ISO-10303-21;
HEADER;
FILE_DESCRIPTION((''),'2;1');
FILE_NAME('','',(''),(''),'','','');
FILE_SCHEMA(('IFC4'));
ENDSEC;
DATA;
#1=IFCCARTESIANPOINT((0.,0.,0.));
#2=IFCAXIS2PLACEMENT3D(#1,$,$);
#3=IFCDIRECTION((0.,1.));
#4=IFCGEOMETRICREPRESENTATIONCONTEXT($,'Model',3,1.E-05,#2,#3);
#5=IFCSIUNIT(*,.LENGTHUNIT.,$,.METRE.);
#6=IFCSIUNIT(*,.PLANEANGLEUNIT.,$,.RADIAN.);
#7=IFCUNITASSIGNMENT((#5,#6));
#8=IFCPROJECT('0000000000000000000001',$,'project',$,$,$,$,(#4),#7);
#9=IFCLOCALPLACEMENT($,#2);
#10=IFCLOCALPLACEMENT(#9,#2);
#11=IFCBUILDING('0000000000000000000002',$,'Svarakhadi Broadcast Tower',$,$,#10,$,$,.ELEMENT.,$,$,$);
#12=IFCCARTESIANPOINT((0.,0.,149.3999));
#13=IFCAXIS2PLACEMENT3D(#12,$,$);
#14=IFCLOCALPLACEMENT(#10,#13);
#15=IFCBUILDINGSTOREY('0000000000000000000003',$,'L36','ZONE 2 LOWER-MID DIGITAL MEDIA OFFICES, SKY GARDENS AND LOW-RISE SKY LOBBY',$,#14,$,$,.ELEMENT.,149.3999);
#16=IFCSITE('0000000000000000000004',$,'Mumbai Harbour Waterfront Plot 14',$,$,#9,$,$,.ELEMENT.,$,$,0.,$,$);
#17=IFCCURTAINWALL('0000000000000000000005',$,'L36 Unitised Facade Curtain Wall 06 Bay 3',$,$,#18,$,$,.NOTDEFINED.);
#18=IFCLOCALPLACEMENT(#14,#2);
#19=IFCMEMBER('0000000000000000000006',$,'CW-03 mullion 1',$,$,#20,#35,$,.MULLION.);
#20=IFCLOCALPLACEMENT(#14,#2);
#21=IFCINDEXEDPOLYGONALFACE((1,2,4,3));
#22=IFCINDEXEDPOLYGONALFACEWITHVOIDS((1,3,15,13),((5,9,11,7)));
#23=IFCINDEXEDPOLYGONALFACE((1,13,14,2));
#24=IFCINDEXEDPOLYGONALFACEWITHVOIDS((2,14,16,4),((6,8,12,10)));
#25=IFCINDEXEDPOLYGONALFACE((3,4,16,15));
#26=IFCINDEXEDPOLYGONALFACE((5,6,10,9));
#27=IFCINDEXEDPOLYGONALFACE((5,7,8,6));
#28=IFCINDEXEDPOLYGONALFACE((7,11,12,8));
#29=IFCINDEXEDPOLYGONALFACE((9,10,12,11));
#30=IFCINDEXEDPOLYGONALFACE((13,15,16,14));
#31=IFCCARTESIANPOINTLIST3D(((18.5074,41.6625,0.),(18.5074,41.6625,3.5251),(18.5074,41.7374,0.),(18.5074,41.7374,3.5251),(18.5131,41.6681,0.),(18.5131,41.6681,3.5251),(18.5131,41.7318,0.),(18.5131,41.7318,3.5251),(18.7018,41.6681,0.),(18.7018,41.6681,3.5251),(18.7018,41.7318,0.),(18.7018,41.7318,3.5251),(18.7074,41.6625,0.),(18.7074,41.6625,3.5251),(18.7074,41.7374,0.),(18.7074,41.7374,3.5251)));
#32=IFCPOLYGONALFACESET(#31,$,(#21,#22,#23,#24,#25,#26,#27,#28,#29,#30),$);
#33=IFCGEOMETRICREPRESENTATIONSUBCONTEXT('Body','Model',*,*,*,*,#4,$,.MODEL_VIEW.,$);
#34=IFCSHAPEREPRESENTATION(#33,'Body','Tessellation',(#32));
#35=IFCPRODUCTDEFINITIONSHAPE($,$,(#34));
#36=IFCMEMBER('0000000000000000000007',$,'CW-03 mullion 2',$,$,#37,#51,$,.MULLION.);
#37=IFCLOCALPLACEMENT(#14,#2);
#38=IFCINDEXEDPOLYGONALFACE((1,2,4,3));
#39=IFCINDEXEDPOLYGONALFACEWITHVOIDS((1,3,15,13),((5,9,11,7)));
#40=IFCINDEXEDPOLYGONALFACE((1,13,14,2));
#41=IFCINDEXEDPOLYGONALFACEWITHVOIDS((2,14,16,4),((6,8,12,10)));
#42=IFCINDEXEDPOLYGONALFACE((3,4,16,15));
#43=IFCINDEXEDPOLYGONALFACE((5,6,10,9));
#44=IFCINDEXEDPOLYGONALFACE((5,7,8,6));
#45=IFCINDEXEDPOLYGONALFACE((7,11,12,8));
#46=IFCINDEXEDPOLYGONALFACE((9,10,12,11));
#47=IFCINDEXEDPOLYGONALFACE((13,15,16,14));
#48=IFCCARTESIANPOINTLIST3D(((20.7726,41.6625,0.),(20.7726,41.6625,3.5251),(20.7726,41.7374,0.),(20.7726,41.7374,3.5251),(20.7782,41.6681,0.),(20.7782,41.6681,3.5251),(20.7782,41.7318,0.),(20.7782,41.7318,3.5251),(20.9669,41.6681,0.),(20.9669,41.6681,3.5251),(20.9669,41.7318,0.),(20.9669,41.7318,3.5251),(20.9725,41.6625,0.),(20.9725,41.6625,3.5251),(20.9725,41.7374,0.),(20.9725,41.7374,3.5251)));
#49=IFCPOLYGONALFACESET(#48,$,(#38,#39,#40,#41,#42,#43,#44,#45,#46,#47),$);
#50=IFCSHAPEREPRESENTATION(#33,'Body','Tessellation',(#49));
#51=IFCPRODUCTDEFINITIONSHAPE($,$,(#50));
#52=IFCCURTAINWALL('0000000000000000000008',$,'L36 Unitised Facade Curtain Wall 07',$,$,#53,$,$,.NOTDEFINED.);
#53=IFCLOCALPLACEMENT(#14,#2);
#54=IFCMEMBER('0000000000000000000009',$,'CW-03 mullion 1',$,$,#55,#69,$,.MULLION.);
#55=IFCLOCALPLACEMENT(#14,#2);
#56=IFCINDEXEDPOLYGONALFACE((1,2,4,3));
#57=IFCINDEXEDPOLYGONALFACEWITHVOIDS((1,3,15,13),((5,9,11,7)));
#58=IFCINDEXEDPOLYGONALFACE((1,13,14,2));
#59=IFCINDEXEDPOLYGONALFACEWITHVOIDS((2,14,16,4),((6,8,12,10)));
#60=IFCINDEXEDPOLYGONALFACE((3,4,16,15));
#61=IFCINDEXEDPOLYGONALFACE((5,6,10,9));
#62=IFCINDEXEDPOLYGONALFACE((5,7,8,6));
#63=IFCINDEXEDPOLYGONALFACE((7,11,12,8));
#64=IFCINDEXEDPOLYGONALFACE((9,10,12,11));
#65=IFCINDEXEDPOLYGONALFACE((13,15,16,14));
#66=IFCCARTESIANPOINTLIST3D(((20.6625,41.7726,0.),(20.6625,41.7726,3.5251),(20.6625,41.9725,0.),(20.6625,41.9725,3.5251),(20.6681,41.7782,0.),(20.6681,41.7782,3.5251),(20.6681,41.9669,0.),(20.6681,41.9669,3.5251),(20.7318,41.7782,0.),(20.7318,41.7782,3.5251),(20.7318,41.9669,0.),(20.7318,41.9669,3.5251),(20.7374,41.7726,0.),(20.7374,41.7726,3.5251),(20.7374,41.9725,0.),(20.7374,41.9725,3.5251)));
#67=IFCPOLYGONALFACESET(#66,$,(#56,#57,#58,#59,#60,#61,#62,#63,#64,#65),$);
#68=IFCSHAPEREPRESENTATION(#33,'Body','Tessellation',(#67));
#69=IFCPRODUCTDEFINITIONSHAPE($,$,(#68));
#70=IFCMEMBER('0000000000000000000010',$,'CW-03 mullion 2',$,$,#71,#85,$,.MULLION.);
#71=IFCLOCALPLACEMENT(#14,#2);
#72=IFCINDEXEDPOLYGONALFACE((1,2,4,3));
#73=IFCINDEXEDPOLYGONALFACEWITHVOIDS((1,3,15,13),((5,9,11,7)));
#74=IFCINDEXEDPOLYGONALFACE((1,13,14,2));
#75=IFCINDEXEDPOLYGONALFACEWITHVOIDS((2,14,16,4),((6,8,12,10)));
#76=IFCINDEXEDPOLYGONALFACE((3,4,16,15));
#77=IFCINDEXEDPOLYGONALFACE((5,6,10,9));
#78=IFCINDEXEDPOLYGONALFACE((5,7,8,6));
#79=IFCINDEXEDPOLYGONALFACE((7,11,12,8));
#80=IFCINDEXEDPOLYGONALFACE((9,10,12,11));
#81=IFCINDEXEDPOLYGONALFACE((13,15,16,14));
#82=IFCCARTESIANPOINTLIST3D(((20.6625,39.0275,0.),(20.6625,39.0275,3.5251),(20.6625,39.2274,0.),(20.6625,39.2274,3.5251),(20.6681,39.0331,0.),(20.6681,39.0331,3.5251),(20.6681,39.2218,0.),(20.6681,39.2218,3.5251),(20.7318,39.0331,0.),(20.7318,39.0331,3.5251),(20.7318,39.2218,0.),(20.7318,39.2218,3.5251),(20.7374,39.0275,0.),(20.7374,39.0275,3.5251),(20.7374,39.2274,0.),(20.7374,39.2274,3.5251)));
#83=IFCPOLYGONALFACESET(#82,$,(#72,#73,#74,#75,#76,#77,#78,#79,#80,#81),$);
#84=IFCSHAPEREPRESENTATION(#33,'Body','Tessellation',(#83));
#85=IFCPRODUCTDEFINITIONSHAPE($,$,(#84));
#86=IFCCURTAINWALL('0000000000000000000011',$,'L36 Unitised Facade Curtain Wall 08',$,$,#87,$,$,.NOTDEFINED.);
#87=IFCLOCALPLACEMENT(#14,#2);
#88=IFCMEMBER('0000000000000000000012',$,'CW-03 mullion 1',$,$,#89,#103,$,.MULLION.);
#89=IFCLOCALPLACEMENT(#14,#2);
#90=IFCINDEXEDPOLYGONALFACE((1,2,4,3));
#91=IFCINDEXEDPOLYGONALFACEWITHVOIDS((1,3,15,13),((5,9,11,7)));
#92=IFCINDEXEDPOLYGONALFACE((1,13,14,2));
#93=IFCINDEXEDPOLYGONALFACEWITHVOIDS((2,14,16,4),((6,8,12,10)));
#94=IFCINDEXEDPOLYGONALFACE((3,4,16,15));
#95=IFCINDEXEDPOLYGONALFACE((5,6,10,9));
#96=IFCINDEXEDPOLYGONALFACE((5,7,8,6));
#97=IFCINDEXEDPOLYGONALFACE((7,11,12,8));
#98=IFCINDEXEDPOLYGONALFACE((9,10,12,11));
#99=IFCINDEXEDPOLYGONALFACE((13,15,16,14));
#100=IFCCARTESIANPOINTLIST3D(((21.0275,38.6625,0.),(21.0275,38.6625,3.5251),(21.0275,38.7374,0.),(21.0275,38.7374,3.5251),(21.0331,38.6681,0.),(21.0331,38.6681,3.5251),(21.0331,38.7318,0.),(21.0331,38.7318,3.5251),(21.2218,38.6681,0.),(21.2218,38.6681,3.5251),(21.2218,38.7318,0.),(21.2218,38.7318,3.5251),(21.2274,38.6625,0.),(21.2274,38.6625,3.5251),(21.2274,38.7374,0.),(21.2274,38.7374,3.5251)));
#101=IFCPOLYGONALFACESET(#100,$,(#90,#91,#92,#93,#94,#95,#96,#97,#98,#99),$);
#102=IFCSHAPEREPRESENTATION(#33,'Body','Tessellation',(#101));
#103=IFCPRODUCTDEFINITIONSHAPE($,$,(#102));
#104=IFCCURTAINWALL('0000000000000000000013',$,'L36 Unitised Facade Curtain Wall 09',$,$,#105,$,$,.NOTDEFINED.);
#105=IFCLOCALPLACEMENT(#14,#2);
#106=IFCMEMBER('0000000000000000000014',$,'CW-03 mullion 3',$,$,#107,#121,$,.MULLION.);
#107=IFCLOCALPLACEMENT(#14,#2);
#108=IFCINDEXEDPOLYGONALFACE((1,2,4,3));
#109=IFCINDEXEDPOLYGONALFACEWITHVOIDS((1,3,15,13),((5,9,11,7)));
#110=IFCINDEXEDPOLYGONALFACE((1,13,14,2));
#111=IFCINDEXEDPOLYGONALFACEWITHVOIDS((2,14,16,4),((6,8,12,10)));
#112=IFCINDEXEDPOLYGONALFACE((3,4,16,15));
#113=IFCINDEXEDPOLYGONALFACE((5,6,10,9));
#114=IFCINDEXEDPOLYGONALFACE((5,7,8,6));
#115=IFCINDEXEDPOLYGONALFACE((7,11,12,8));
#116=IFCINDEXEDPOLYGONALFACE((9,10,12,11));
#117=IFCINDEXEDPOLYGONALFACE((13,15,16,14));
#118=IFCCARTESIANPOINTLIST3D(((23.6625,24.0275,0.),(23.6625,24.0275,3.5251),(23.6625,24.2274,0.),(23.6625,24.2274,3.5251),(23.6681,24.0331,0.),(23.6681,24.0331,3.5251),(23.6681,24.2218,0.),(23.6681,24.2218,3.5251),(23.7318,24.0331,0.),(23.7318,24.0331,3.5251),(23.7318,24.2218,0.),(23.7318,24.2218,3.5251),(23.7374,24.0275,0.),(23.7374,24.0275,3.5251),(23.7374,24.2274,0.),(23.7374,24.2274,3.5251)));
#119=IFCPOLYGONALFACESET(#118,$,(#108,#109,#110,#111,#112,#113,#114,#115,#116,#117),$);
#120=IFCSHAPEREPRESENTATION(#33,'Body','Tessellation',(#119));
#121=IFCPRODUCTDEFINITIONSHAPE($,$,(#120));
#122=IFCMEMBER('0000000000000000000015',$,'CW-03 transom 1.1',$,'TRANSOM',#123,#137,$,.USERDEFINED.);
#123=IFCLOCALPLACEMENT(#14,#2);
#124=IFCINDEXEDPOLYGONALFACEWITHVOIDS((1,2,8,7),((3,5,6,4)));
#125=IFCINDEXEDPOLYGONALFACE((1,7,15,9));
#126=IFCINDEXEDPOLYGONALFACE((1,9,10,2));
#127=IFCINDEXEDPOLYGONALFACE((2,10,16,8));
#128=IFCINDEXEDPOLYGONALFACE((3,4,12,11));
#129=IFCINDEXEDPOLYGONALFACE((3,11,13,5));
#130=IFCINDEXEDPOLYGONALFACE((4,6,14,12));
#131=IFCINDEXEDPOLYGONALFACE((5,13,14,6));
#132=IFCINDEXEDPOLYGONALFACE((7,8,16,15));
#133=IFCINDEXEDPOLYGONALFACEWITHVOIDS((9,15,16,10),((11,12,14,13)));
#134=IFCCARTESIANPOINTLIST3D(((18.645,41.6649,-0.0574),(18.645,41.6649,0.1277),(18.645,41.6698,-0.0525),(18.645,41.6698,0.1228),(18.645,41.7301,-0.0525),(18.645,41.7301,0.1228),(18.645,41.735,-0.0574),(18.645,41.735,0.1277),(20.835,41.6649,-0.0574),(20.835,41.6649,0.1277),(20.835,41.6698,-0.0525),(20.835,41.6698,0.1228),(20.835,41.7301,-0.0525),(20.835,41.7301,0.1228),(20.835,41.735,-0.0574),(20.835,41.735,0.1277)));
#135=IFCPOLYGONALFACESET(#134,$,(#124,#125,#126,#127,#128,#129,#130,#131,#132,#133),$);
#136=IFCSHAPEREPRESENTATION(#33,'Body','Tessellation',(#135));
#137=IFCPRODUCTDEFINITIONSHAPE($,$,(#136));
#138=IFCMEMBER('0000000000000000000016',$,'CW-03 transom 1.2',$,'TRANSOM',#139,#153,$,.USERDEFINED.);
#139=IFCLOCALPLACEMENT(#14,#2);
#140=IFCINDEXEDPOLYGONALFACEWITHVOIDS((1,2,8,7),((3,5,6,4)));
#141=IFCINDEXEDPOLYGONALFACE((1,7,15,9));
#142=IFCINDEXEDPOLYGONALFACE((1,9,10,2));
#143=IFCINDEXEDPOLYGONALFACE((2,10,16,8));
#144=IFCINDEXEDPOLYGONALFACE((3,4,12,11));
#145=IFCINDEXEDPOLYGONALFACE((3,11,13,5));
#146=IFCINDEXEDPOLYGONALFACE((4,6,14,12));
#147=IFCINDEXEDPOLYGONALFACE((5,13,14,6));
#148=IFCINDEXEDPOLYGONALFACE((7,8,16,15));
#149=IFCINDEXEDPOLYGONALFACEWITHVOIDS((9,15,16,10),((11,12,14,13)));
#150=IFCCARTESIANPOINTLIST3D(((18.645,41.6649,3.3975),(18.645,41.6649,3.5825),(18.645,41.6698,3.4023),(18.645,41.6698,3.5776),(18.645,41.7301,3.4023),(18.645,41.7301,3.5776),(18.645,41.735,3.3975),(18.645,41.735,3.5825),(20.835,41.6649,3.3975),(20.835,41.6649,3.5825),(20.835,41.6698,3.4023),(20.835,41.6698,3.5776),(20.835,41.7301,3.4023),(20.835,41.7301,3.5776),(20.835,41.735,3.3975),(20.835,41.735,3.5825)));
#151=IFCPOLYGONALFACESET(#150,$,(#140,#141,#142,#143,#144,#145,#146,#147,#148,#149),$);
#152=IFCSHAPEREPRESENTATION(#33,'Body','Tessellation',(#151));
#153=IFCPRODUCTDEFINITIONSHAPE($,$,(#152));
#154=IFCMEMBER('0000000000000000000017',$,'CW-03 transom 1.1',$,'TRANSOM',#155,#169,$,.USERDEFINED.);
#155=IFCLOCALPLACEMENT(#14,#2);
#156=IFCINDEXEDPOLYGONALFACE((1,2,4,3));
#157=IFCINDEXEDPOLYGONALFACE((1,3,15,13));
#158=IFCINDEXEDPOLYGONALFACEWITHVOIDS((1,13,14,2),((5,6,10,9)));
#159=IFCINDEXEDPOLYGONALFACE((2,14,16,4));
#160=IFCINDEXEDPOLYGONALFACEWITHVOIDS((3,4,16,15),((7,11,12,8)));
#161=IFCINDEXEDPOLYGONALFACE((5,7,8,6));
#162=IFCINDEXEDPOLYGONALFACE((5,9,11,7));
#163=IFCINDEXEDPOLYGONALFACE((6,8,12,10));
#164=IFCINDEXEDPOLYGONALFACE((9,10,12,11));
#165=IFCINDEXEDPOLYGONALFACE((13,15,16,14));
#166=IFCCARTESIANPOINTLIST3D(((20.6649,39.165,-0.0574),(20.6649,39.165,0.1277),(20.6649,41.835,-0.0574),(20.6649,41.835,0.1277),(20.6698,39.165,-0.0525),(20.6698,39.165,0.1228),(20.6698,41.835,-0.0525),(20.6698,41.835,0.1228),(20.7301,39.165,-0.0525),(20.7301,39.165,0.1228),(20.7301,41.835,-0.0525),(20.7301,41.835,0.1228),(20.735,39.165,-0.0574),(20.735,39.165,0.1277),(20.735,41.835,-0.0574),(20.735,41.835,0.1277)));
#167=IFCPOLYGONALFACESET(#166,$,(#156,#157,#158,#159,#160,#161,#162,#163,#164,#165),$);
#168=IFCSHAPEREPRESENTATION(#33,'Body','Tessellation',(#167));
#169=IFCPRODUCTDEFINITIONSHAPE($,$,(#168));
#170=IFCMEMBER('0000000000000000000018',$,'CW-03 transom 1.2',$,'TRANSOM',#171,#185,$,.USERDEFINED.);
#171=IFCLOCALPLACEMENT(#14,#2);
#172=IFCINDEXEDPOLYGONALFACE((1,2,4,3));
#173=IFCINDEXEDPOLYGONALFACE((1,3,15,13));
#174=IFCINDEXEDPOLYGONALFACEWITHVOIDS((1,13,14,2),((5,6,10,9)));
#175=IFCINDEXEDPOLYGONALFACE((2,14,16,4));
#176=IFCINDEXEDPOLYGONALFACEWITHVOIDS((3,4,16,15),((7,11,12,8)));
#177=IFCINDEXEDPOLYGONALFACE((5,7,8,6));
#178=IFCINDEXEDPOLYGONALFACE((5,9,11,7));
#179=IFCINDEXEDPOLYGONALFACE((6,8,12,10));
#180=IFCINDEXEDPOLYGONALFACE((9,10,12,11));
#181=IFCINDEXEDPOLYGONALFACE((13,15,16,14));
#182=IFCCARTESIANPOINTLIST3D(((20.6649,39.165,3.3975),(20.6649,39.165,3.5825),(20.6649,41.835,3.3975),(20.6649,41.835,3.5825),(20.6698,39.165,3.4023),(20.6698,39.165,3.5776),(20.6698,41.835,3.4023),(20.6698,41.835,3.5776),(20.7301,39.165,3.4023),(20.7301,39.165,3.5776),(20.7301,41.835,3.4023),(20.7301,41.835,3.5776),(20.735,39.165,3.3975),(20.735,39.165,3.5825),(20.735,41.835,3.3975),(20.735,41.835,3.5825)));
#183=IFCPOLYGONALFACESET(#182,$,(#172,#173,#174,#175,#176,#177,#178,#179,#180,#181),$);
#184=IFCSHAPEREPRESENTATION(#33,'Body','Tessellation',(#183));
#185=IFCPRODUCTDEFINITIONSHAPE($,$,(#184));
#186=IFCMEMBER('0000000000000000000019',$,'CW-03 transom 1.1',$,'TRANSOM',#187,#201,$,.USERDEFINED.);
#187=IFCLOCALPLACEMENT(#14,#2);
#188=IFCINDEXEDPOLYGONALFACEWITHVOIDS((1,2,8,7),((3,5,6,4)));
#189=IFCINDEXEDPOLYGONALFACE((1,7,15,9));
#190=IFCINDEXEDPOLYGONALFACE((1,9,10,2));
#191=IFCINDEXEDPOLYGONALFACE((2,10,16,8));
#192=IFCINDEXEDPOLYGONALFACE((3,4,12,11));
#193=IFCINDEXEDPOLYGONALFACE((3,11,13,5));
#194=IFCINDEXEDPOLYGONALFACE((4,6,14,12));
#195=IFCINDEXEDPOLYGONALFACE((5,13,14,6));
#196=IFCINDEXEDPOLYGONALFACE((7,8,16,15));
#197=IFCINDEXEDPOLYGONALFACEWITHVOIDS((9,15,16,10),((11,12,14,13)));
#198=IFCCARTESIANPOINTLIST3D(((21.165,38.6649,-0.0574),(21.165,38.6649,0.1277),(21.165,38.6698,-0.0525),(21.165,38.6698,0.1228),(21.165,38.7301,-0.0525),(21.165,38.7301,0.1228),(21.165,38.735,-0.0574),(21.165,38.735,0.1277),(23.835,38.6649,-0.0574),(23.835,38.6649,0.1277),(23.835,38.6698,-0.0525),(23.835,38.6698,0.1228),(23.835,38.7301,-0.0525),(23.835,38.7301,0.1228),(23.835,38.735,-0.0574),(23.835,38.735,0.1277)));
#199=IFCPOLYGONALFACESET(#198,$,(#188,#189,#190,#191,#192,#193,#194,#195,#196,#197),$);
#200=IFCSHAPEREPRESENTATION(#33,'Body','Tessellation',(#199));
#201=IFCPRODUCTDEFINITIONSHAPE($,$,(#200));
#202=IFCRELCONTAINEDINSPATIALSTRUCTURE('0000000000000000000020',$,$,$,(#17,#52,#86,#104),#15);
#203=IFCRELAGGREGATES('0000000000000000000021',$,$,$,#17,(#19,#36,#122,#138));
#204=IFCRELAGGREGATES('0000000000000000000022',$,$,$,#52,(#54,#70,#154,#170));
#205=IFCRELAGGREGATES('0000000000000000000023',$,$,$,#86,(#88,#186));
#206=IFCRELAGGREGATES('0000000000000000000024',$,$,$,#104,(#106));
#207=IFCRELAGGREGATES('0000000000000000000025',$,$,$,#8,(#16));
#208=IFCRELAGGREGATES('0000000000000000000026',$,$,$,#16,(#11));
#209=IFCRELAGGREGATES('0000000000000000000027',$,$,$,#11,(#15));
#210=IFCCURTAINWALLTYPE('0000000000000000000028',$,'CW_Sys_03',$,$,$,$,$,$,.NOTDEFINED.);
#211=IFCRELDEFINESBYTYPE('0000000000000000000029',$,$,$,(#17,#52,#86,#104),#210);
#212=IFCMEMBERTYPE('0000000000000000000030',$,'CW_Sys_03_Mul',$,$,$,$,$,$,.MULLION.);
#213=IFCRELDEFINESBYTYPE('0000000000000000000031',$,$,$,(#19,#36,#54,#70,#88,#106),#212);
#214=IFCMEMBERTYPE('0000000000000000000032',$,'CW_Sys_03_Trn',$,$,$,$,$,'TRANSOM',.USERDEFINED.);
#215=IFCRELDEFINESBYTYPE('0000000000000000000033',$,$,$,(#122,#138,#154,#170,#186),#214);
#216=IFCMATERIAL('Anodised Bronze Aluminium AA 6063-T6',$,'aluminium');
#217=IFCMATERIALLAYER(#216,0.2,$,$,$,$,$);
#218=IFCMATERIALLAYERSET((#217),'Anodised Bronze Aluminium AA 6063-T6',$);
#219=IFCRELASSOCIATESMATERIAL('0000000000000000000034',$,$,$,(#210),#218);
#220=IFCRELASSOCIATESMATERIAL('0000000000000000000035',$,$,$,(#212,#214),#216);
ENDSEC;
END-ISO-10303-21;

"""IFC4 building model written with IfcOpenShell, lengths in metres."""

from ifc_helpers import new_model, si_unit, direction, frame, origin, origin_2d, place, context, subcontext, project, spatial, hollow_rectangle, extrude, material, layer, layer_set, material_profile, profile_set, type_object, element, aggregate, save


model = new_model("IFC4")

# Units and contexts
model_context = context("Model", 3, precision=1e-05, world=origin(), true_north=direction((0.0, 1.0)))
body_context = subcontext(model_context, "Body", "Model", "MODEL_VIEW")
ifc_project = project(units=[si_unit("LENGTHUNIT", "METRE"), si_unit("PLANEANGLEUNIT", "RADIAN")], contexts=[model_context])

# Site, building, storey
site_placement = place(None, origin())
site = spatial("IfcSite", under=ifc_project, at=site_placement, Name="Mumbai Harbour Waterfront Plot 14", CompositionType="ELEMENT", RefElevation=0.0)
building_placement = place(site_placement, origin())
building = spatial("IfcBuilding", under=site, at=building_placement, Name="Svarakhadi Broadcast Tower", CompositionType="ELEMENT")
storey_placement = place(building_placement, frame((0.0, 0.0, 149.3999)))
storey = spatial("IfcBuildingStorey", under=building, at=storey_placement, Name="L36", Description="ZONE 2 LOWER-MID DIGITAL MEDIA OFFICES, SKY GARDENS AND LOW-RISE SKY LOBBY", CompositionType="ELEMENT", Elevation=149.3999)

# Curtain walls, members
ifc_material_1 = material(Name="Anodised Bronze Aluminium AA 6063-T6", Category="aluminium")
ifc_layer_1 = layer(ifc_material_1, 0.2)
ifc_layer_set_1 = layer_set([ifc_layer_1], Name="Anodised Bronze Aluminium AA 6063-T6")
curtain_wall_type = type_object("IfcCurtainWallType", Name="CW_Sys_03", PredefinedType="NOTDEFINED", material=ifc_layer_set_1)
curtain_wall_1_placement = place(storey_placement, origin())
curtain_wall_1 = element("IfcCurtainWall", 1, at=curtain_wall_1_placement, inside=storey, type_object=curtain_wall_type, Name="L36 Unitised Facade Curtain Wall 06 Bay 3", PredefinedType="NOTDEFINED")
ifc_material_profile_1 = material_profile(ifc_material_1, hollow_rectangle(XDim=0.075, YDim=0.2, WallThickness=0.0056, at=origin_2d()), Name="ALU MULLION 200x75x6")
ifc_profile_set_1 = profile_set([ifc_material_profile_1], Name="Anodised Bronze Aluminium AA 6063-T6")
member_type_1 = type_object("IfcMemberType", Name="CW_Sys_03_Mul", PredefinedType="MULLION", material=ifc_profile_set_1)
member_1_placement = place(storey_placement, frame((18.6074, 41.7, 0.0), z_axis=(0.0, 0.0, 1.0), x_axis=(0.0, 1.0, 0.0)))
member_1 = element("IfcMember", 2, at=member_1_placement, type_object=member_type_1, Name="CW-03 mullion 1", PredefinedType="MULLION", context=body_context, shape_type="SweptSolid", body=[
    extrude(hollow_rectangle(XDim=0.075, YDim=0.2, WallThickness=0.0056, at=origin_2d()), origin(), (0.0, 0.0, 1.0), 3.5251),
])
member_2_placement = place(storey_placement, frame((20.8726, 41.7, 0.0), z_axis=(0.0, 0.0, 1.0), x_axis=(0.0, 1.0, 0.0)))
member_2 = element("IfcMember", 3, at=member_2_placement, type_object=member_type_1, Name="CW-03 mullion 2", PredefinedType="MULLION", context=body_context, shape_type="SweptSolid", body=[
    extrude(hollow_rectangle(XDim=0.075, YDim=0.2, WallThickness=0.0056, at=origin_2d()), origin(), (0.0, 0.0, 1.0), 3.5251),
])
curtain_wall_2_placement = place(storey_placement, origin())
curtain_wall_2 = element("IfcCurtainWall", 4, at=curtain_wall_2_placement, inside=storey, type_object=curtain_wall_type, Name="L36 Unitised Facade Curtain Wall 07", PredefinedType="NOTDEFINED")
member_3_placement = place(storey_placement, frame((20.7, 41.8726, 0.0), z_axis=(0.0, 0.0, 1.0), x_axis=(1.0, 0.0, 0.0)))
member_3 = element("IfcMember", 5, at=member_3_placement, type_object=member_type_1, Name="CW-03 mullion 1", PredefinedType="MULLION", context=body_context, shape_type="SweptSolid", body=[
    extrude(hollow_rectangle(XDim=0.075, YDim=0.2, WallThickness=0.0056, at=origin_2d()), origin(), (0.0, 0.0, 1.0), 3.5251),
])
member_4_placement = place(storey_placement, frame((20.7, 39.1274, 0.0), z_axis=(0.0, 0.0, 1.0), x_axis=(1.0, 0.0, 0.0)))
member_4 = element("IfcMember", 6, at=member_4_placement, type_object=member_type_1, Name="CW-03 mullion 2", PredefinedType="MULLION", context=body_context, shape_type="SweptSolid", body=[
    extrude(hollow_rectangle(XDim=0.075, YDim=0.2, WallThickness=0.0056, at=origin_2d()), origin(), (0.0, 0.0, 1.0), 3.5251),
])

# Curtain walls, members
curtain_wall_3_placement = place(storey_placement, origin())
curtain_wall_3 = element("IfcCurtainWall", 7, at=curtain_wall_3_placement, inside=storey, type_object=curtain_wall_type, Name="L36 Unitised Facade Curtain Wall 08", PredefinedType="NOTDEFINED")
member_5_placement = place(storey_placement, frame((21.1274, 38.7, 0.0), z_axis=(0.0, 0.0, 1.0), x_axis=(0.0, 1.0, 0.0)))
member_5 = element("IfcMember", 8, at=member_5_placement, type_object=member_type_1, Name="CW-03 mullion 1", PredefinedType="MULLION", context=body_context, shape_type="SweptSolid", body=[
    extrude(hollow_rectangle(XDim=0.075, YDim=0.2, WallThickness=0.0056, at=origin_2d()), origin(), (0.0, 0.0, 1.0), 3.5251),
])
curtain_wall_4_placement = place(storey_placement, origin())
curtain_wall_4 = element("IfcCurtainWall", 9, at=curtain_wall_4_placement, inside=storey, type_object=curtain_wall_type, Name="L36 Unitised Facade Curtain Wall 09", PredefinedType="NOTDEFINED")
member_6_placement = place(storey_placement, frame((23.7, 24.1274, 0.0), z_axis=(0.0, 0.0, 1.0), x_axis=(1.0, 0.0, 0.0)))
member_6 = element("IfcMember", 10, at=member_6_placement, type_object=member_type_1, Name="CW-03 mullion 3", PredefinedType="MULLION", context=body_context, shape_type="SweptSolid", body=[
    extrude(hollow_rectangle(XDim=0.075, YDim=0.2, WallThickness=0.0056, at=origin_2d()), origin(), (0.0, 0.0, 1.0), 3.5251),
])

# Members
ifc_material_profile_2 = material_profile(ifc_material_1, hollow_rectangle(XDim=0.0701, YDim=0.1851, WallThickness=0.0049, at=origin_2d()), Name="ALU TRANSOM 185x70x5")
ifc_profile_set_2 = profile_set([ifc_material_profile_2], Name="Anodised Bronze Aluminium AA 6063-T6")
member_type_2 = type_object("IfcMemberType", Name="CW_Sys_03_Trn", ElementType="TRANSOM", PredefinedType="USERDEFINED", material=ifc_profile_set_2)
member_7_placement = place(storey_placement, frame((18.645, 41.7, 0.0352), z_axis=(1.0, 0.0, 0.0), x_axis=(0.0, 1.0, 0.0)))
member_7 = element("IfcMember", 11, at=member_7_placement, type_object=member_type_2, Name="CW-03 transom 1.1", ObjectType="TRANSOM", PredefinedType="USERDEFINED", context=body_context, shape_type="SweptSolid", body=[
    extrude(hollow_rectangle(XDim=0.0701, YDim=0.1851, WallThickness=0.0049, at=origin_2d()), origin(), (0.0, 0.0, 1.0), 2.1899),
])
member_8_placement = place(storey_placement, frame((18.645, 41.7, 3.49), z_axis=(1.0, 0.0, 0.0), x_axis=(0.0, 1.0, 0.0)))
member_8 = element("IfcMember", 12, at=member_8_placement, type_object=member_type_2, Name="CW-03 transom 1.2", ObjectType="TRANSOM", PredefinedType="USERDEFINED", context=body_context, shape_type="SweptSolid", body=[
    extrude(hollow_rectangle(XDim=0.0701, YDim=0.1851, WallThickness=0.0049, at=origin_2d()), origin(), (0.0, 0.0, 1.0), 2.1899),
])
member_9_placement = place(storey_placement, frame((20.7, 41.835, 0.0352), z_axis=(0.0, -1.0, 0.0), x_axis=(1.0, 0.0, 0.0)))
member_9 = element("IfcMember", 13, at=member_9_placement, type_object=member_type_2, Name="CW-03 transom 1.1", ObjectType="TRANSOM", PredefinedType="USERDEFINED", context=body_context, shape_type="SweptSolid", body=[
    extrude(hollow_rectangle(XDim=0.0701, YDim=0.1851, WallThickness=0.0049, at=origin_2d()), origin(), (0.0, 0.0, 1.0), 2.6699),
])
member_10_placement = place(storey_placement, frame((20.7, 41.835, 3.49), z_axis=(0.0, -1.0, 0.0), x_axis=(1.0, 0.0, 0.0)))
member_10 = element("IfcMember", 14, at=member_10_placement, type_object=member_type_2, Name="CW-03 transom 1.2", ObjectType="TRANSOM", PredefinedType="USERDEFINED", context=body_context, shape_type="SweptSolid", body=[
    extrude(hollow_rectangle(XDim=0.0701, YDim=0.1851, WallThickness=0.0049, at=origin_2d()), origin(), (0.0, 0.0, 1.0), 2.6699),
])
member_11_placement = place(storey_placement, frame((21.165, 38.7, 0.0352), z_axis=(1.0, 0.0, 0.0), x_axis=(0.0, 1.0, 0.0)))
member_11 = element("IfcMember", 15, at=member_11_placement, type_object=member_type_2, Name="CW-03 transom 1.1", ObjectType="TRANSOM", PredefinedType="USERDEFINED", context=body_context, shape_type="SweptSolid", body=[
    extrude(hollow_rectangle(XDim=0.0701, YDim=0.1851, WallThickness=0.0049, at=origin_2d()), origin(), (0.0, 0.0, 1.0), 2.6699),
])

aggregate(curtain_wall_1, [member_1, member_2, member_7, member_8])
aggregate(curtain_wall_2, [member_3, member_4, member_9, member_10])
aggregate(curtain_wall_3, [member_5, member_11])
aggregate(curtain_wall_4, [member_6])

save(model, "model.ifc")
